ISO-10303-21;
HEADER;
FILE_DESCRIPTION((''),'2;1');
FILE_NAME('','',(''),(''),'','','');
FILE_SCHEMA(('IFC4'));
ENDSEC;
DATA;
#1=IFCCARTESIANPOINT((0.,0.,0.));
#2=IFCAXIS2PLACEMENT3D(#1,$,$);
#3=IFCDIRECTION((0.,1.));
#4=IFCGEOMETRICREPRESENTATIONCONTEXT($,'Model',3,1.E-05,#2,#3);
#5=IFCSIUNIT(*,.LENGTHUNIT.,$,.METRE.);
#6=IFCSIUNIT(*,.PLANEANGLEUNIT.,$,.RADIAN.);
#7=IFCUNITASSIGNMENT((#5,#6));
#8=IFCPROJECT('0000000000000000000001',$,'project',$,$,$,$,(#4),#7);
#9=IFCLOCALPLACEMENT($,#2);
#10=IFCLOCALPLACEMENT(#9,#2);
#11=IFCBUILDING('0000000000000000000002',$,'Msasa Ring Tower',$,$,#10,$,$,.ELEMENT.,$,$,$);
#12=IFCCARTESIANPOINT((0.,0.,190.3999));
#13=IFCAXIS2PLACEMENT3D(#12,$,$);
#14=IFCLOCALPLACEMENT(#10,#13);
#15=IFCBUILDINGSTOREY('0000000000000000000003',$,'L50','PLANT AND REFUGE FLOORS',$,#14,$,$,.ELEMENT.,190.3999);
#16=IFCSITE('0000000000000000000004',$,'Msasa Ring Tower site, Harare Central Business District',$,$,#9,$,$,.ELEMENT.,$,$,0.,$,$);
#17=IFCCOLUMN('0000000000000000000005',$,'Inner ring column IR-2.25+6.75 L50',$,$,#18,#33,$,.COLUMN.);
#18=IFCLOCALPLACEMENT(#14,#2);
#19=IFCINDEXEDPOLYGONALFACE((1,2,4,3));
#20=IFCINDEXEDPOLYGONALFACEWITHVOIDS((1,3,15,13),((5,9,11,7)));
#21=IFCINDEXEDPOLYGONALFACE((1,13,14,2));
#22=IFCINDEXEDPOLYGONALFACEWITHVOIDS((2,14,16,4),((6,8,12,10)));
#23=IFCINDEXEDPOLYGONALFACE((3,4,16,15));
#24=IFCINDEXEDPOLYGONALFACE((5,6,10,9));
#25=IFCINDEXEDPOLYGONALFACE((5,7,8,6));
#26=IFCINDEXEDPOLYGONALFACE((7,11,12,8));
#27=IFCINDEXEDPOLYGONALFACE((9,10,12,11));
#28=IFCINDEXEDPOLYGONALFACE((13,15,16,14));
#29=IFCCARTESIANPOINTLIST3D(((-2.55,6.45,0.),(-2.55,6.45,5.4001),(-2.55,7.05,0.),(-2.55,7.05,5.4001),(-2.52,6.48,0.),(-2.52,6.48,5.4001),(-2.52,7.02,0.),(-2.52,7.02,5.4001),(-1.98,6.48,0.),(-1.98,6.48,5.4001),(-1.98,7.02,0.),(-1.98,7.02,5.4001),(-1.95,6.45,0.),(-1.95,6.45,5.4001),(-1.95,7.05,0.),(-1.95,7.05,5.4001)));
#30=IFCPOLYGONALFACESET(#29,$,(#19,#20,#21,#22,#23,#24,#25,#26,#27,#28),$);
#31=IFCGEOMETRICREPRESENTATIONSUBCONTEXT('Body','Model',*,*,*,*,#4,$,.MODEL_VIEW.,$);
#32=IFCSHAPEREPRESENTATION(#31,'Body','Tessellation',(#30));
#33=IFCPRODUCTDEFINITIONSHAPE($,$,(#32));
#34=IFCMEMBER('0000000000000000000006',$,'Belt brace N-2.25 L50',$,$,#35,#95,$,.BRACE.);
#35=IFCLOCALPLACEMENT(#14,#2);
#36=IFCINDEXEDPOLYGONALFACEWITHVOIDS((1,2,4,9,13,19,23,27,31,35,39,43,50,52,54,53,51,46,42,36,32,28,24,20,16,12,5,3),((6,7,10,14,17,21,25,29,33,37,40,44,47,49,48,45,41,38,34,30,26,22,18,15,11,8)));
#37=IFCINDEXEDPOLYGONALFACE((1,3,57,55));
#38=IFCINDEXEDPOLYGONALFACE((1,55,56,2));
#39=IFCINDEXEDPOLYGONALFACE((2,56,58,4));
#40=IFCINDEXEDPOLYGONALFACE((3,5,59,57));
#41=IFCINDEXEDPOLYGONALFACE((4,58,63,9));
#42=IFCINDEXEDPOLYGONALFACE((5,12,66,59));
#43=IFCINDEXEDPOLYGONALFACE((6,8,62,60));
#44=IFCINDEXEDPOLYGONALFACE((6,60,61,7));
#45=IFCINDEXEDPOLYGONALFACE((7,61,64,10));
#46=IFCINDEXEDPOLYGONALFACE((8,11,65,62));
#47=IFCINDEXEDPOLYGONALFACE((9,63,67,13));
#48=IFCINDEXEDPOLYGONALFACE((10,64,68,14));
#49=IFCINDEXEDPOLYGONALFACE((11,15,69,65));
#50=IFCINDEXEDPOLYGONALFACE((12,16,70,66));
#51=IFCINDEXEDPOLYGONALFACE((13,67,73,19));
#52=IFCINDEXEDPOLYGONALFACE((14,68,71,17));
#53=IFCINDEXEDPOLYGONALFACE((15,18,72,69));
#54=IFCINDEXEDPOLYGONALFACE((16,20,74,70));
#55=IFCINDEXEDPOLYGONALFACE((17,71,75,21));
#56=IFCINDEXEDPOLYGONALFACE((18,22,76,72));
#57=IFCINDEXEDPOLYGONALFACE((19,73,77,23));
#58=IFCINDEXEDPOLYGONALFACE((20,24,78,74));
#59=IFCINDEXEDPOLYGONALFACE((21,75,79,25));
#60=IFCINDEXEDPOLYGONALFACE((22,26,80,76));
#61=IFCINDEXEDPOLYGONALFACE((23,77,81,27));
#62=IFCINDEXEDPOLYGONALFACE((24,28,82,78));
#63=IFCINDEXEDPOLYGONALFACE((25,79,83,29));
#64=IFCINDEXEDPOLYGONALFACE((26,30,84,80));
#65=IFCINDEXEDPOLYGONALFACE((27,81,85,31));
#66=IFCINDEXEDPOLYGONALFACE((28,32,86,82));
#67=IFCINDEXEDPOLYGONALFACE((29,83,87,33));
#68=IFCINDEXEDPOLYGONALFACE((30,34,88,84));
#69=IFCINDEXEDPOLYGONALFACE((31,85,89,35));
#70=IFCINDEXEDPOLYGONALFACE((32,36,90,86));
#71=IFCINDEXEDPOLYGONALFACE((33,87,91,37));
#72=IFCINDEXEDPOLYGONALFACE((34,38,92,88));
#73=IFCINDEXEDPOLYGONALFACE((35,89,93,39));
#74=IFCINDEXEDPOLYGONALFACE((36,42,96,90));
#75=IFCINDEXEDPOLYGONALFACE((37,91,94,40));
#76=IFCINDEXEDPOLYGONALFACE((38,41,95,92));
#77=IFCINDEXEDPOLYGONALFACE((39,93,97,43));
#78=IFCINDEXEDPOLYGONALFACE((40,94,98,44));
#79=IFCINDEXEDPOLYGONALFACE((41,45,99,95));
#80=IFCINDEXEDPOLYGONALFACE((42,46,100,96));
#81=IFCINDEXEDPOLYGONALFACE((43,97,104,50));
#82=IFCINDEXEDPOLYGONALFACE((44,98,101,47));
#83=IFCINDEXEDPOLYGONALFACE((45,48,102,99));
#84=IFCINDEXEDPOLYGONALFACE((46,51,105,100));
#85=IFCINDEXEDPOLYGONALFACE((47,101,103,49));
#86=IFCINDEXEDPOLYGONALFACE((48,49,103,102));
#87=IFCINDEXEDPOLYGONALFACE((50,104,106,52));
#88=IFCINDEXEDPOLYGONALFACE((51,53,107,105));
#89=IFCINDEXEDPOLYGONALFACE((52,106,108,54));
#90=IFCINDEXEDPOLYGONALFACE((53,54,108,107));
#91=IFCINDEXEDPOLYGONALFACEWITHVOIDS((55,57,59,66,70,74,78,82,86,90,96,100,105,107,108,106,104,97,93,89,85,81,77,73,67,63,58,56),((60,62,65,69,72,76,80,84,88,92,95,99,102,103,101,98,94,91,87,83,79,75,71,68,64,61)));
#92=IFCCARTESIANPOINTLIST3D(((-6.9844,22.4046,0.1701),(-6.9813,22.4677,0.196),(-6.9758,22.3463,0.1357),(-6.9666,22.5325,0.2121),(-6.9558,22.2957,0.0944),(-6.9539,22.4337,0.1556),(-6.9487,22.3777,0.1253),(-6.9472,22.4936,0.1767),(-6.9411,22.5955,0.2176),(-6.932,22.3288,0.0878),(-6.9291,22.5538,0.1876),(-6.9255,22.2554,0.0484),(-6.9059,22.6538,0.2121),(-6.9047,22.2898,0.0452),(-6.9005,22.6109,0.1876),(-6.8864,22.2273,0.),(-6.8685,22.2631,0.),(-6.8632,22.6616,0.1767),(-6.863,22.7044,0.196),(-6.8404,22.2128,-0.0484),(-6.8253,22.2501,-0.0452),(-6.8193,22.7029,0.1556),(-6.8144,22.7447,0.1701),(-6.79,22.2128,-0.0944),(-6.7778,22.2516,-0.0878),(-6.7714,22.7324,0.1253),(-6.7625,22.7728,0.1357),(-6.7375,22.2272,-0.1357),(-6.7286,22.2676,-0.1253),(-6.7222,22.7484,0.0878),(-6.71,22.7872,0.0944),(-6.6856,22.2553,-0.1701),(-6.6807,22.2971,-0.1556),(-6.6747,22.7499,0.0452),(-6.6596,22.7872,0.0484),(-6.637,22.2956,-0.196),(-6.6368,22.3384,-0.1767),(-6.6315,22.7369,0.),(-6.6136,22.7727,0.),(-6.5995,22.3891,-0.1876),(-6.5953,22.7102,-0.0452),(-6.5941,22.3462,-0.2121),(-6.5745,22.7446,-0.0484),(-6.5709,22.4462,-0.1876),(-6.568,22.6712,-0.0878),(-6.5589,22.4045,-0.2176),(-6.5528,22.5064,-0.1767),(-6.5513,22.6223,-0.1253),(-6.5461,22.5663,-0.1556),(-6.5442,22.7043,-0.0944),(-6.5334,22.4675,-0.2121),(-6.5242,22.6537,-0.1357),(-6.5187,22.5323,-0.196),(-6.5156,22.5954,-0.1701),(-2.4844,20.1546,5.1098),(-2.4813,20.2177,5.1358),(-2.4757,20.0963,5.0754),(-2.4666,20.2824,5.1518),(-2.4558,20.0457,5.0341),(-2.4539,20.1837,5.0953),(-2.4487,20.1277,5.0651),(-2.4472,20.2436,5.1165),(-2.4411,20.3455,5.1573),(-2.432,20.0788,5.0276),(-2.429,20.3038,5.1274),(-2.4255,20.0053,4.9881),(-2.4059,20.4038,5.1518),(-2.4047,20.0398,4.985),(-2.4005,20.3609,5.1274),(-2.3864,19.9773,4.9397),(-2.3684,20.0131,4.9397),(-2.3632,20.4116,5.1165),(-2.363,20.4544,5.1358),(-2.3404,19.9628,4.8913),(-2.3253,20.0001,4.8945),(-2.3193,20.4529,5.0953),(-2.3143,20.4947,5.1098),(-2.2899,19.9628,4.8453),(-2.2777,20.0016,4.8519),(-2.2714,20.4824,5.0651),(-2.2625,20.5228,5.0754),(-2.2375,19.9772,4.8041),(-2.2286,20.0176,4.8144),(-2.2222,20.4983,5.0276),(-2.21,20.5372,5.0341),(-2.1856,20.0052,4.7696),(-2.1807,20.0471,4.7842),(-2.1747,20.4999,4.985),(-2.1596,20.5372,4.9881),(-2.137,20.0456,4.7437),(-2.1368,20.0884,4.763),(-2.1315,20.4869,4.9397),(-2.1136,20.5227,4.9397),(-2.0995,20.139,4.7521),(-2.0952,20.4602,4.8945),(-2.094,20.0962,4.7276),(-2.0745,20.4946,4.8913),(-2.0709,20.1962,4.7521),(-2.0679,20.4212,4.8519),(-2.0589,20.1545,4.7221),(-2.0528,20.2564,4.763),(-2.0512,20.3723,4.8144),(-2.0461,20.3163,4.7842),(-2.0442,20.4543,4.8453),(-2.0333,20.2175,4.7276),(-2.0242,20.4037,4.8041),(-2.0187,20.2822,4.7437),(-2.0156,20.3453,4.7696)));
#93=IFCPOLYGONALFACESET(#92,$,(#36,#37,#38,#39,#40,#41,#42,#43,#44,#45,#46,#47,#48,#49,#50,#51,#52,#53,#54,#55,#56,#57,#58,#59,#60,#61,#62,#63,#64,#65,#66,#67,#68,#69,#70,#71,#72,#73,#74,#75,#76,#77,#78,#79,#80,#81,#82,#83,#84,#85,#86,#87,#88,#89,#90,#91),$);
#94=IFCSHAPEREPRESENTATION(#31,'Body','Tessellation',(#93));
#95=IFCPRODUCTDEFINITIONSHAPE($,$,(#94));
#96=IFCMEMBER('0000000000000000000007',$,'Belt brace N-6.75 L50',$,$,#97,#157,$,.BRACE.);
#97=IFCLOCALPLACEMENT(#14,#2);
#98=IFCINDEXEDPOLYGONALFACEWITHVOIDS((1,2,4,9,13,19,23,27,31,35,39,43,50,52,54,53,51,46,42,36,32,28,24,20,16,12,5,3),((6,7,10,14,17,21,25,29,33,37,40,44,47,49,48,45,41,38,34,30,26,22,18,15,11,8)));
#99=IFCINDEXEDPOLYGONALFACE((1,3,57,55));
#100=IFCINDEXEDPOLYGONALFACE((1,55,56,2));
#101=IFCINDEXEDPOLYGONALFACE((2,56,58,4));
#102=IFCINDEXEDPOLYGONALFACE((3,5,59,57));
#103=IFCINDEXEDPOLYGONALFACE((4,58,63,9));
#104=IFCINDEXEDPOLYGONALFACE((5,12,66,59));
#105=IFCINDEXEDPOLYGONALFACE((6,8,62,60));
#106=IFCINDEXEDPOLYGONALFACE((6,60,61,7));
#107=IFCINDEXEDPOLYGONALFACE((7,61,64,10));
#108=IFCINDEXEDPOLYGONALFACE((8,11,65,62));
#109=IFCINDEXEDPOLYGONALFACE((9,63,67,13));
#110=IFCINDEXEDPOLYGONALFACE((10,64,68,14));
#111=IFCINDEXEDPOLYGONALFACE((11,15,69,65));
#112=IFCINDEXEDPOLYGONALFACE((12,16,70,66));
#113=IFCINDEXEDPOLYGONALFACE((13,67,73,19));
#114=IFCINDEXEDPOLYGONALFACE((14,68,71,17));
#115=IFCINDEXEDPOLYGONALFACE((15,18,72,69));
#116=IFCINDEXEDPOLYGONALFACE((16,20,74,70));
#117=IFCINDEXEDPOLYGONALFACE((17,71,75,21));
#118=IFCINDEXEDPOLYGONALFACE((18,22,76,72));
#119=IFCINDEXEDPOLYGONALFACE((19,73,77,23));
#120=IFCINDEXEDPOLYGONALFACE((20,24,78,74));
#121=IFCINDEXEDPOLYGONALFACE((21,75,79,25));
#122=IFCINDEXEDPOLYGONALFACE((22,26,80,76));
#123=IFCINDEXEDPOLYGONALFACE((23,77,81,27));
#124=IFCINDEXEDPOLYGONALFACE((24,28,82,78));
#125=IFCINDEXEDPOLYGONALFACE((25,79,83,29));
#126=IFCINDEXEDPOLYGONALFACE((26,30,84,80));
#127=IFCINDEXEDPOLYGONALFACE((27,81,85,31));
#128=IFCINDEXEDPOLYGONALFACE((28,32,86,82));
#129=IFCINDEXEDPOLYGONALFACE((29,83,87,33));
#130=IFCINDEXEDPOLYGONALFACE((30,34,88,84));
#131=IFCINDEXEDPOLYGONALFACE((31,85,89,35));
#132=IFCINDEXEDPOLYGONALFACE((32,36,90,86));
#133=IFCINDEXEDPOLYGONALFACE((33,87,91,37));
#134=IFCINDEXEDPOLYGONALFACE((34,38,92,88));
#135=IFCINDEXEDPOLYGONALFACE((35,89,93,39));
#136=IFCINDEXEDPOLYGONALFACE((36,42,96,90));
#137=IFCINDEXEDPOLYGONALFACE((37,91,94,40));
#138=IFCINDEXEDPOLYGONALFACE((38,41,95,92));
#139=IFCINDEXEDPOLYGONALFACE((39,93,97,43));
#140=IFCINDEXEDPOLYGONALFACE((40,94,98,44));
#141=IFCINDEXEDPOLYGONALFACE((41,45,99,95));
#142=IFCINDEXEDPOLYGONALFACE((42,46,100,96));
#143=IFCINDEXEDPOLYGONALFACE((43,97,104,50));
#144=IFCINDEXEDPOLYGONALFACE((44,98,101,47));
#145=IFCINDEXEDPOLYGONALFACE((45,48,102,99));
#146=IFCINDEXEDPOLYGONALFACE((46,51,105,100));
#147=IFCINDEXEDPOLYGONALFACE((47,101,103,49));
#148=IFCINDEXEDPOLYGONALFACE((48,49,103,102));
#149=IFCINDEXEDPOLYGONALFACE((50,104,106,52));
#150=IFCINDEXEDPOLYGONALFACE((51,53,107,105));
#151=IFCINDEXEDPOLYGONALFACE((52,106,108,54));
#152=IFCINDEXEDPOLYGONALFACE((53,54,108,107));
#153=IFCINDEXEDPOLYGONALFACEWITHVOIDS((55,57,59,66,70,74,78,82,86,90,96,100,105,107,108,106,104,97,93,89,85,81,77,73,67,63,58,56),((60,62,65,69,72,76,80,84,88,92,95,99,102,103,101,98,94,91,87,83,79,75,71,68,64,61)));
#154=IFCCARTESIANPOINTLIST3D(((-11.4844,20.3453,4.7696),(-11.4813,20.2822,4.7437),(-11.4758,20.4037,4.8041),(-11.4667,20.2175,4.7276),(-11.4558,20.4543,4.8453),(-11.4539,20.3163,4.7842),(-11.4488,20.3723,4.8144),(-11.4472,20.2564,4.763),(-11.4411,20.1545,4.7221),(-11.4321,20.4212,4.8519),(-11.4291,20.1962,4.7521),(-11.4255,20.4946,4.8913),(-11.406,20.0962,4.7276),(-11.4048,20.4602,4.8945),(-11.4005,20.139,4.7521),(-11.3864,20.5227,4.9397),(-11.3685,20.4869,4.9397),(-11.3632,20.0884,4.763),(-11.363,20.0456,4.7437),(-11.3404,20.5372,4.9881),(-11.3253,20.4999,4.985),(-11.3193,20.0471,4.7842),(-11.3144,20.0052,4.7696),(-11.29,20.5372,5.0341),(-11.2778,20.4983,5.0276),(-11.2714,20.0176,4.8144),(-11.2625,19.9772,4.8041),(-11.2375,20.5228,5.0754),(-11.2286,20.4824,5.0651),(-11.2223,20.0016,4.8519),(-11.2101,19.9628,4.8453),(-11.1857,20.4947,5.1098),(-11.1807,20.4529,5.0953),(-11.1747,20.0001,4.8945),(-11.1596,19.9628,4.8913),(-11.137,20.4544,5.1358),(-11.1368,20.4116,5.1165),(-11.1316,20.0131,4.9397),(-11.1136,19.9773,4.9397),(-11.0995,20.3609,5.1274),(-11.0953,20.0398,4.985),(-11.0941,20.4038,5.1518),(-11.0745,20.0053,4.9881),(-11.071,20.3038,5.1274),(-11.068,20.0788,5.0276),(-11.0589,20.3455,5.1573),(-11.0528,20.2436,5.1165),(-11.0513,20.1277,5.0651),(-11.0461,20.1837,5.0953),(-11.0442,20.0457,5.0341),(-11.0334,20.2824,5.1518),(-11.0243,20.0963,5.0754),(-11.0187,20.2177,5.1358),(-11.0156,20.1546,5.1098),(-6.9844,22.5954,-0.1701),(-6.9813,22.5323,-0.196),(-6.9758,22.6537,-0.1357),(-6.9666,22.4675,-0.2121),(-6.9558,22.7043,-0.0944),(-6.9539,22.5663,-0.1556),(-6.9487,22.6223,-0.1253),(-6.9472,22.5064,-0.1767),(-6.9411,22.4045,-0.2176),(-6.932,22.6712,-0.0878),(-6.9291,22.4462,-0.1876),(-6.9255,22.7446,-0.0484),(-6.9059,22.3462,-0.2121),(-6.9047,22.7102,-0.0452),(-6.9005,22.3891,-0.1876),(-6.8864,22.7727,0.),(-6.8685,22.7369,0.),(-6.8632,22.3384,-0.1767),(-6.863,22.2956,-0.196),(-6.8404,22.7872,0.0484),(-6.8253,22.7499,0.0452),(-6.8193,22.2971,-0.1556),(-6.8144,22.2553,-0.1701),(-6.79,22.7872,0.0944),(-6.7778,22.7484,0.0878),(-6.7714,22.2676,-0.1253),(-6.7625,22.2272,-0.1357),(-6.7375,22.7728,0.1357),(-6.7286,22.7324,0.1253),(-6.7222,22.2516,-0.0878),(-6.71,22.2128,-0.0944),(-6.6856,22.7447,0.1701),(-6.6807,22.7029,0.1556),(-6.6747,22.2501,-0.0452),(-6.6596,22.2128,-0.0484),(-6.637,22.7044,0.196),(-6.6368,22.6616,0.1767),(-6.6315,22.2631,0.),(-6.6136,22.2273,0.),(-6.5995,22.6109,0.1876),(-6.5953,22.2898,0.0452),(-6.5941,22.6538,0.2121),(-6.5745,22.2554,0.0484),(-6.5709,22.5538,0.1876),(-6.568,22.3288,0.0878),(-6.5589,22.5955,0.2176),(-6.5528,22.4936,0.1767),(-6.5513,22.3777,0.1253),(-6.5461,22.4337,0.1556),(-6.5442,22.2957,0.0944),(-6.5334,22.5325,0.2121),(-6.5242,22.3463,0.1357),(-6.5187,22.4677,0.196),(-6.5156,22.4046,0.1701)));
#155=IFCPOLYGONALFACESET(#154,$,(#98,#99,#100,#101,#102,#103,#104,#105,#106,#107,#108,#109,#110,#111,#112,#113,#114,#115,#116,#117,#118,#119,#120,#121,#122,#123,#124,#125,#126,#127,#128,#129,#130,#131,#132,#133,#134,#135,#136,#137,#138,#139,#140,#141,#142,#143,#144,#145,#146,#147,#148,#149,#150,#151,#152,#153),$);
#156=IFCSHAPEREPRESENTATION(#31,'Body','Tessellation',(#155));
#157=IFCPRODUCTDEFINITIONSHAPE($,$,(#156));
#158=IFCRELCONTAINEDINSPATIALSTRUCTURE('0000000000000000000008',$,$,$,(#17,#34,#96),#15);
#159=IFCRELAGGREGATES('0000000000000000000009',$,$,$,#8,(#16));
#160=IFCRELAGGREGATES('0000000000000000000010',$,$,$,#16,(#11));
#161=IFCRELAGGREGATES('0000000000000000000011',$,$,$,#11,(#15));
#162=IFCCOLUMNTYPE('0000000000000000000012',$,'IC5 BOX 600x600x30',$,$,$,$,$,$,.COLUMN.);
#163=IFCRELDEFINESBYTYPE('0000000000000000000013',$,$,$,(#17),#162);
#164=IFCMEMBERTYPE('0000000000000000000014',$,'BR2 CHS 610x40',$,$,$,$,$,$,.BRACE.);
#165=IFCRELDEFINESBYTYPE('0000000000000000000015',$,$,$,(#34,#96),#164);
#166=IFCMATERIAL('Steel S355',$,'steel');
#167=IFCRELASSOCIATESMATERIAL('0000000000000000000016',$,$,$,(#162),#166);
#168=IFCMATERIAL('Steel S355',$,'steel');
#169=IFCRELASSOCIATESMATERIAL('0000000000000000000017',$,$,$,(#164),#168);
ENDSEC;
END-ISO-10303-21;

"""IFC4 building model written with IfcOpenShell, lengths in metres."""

from ifc_helpers import new_model, si_unit, direction, frame, origin, origin_2d, place, context, subcontext, project, spatial, hollow_rectangle, hollow_circle, extrude, material, material_profile, profile_set, type_object, element, save


model = new_model("IFC4")

# Units and contexts
model_context = context("Model", 3, precision=1e-05, world=origin(), true_north=direction((0.0, 1.0)))
body_context = subcontext(model_context, "Body", "Model", "MODEL_VIEW")
ifc_project = project(units=[si_unit("LENGTHUNIT", "METRE"), si_unit("PLANEANGLEUNIT", "RADIAN")], contexts=[model_context])

# Site, building, storey
site_placement = place(None, origin())
site = spatial("IfcSite", under=ifc_project, at=site_placement, Name="Msasa Ring Tower site, Harare Central Business District", CompositionType="ELEMENT", RefElevation=0.0)
building_placement = place(site_placement, origin())
building = spatial("IfcBuilding", under=site, at=building_placement, Name="Msasa Ring Tower", CompositionType="ELEMENT")
storey_placement = place(building_placement, frame((0.0, 0.0, 190.3999)))
storey = spatial("IfcBuildingStorey", under=building, at=storey_placement, Name="L50", Description="PLANT AND REFUGE FLOORS", CompositionType="ELEMENT", Elevation=190.3999)

# Column
ifc_material_1 = material(Name="Steel S355", Category="steel")
ifc_material_profile_1 = material_profile(ifc_material_1, hollow_rectangle(XDim=0.6001, YDim=0.6001, WallThickness=0.03, at=origin_2d()), Name="BOX 600x600x30")
ifc_profile_set_1 = profile_set([ifc_material_profile_1], Name="Steel S355")
column_type_1 = type_object("IfcColumnType", Name="IC5 BOX 600x600x30", PredefinedType="COLUMN", material=ifc_profile_set_1)
column_placement = place(storey_placement, frame((-2.25, 6.75, 0.0), z_axis=(0.0, 0.0, 1.0), x_axis=(1.0, 0.0, 0.0)))
element("IfcColumn", 1, at=column_placement, inside=storey, type_object=column_type_1, Name="Inner ring column IR-2.25+6.75 L50", PredefinedType="COLUMN", context=body_context, shape_type="SweptSolid", body=[
    extrude(hollow_rectangle(XDim=0.6001, YDim=0.6001, WallThickness=0.03, at=origin_2d()), origin(), (0.0, 0.0, 1.0), 5.4001),
])

# Members
ifc_material_2 = material(Name="Steel S355", Category="steel")
ifc_material_profile_2 = material_profile(ifc_material_2, hollow_circle(Radius=0.3049, WallThickness=0.04, at=origin_2d()), Name="CHS 610x40")
ifc_profile_set_2 = profile_set([ifc_material_profile_2], Name="Steel S355")
member_type = type_object("IfcMemberType", Name="BR2 CHS 610x40", PredefinedType="BRACE", material=ifc_profile_set_2)
for number, where, z_axis, x_axis, name in (
    (2, (-6.75, 22.5, 0.0), (0.63823, -0.319115, 0.700592), (0.447214, 0.894427, 0.0), "Belt brace N-2.25 L50"),
    (3, (-6.75, 22.5, 0.0), (-0.63823, -0.319115, 0.700592), (0.447214, -0.894427, 0.0), "Belt brace N-6.75 L50"),
):
    element("IfcMember", number, at=place(storey_placement, frame(where, z_axis=z_axis, x_axis=x_axis)), inside=storey, type_object=member_type, Name=name, PredefinedType="BRACE", context=body_context, shape_type="SweptSolid", body=[
        extrude(hollow_circle(Radius=0.3049, WallThickness=0.04, at=origin_2d()), origin(), (0.0, 0.0, 1.0), 7.0508),
    ])

save(model, "model.ifc")
